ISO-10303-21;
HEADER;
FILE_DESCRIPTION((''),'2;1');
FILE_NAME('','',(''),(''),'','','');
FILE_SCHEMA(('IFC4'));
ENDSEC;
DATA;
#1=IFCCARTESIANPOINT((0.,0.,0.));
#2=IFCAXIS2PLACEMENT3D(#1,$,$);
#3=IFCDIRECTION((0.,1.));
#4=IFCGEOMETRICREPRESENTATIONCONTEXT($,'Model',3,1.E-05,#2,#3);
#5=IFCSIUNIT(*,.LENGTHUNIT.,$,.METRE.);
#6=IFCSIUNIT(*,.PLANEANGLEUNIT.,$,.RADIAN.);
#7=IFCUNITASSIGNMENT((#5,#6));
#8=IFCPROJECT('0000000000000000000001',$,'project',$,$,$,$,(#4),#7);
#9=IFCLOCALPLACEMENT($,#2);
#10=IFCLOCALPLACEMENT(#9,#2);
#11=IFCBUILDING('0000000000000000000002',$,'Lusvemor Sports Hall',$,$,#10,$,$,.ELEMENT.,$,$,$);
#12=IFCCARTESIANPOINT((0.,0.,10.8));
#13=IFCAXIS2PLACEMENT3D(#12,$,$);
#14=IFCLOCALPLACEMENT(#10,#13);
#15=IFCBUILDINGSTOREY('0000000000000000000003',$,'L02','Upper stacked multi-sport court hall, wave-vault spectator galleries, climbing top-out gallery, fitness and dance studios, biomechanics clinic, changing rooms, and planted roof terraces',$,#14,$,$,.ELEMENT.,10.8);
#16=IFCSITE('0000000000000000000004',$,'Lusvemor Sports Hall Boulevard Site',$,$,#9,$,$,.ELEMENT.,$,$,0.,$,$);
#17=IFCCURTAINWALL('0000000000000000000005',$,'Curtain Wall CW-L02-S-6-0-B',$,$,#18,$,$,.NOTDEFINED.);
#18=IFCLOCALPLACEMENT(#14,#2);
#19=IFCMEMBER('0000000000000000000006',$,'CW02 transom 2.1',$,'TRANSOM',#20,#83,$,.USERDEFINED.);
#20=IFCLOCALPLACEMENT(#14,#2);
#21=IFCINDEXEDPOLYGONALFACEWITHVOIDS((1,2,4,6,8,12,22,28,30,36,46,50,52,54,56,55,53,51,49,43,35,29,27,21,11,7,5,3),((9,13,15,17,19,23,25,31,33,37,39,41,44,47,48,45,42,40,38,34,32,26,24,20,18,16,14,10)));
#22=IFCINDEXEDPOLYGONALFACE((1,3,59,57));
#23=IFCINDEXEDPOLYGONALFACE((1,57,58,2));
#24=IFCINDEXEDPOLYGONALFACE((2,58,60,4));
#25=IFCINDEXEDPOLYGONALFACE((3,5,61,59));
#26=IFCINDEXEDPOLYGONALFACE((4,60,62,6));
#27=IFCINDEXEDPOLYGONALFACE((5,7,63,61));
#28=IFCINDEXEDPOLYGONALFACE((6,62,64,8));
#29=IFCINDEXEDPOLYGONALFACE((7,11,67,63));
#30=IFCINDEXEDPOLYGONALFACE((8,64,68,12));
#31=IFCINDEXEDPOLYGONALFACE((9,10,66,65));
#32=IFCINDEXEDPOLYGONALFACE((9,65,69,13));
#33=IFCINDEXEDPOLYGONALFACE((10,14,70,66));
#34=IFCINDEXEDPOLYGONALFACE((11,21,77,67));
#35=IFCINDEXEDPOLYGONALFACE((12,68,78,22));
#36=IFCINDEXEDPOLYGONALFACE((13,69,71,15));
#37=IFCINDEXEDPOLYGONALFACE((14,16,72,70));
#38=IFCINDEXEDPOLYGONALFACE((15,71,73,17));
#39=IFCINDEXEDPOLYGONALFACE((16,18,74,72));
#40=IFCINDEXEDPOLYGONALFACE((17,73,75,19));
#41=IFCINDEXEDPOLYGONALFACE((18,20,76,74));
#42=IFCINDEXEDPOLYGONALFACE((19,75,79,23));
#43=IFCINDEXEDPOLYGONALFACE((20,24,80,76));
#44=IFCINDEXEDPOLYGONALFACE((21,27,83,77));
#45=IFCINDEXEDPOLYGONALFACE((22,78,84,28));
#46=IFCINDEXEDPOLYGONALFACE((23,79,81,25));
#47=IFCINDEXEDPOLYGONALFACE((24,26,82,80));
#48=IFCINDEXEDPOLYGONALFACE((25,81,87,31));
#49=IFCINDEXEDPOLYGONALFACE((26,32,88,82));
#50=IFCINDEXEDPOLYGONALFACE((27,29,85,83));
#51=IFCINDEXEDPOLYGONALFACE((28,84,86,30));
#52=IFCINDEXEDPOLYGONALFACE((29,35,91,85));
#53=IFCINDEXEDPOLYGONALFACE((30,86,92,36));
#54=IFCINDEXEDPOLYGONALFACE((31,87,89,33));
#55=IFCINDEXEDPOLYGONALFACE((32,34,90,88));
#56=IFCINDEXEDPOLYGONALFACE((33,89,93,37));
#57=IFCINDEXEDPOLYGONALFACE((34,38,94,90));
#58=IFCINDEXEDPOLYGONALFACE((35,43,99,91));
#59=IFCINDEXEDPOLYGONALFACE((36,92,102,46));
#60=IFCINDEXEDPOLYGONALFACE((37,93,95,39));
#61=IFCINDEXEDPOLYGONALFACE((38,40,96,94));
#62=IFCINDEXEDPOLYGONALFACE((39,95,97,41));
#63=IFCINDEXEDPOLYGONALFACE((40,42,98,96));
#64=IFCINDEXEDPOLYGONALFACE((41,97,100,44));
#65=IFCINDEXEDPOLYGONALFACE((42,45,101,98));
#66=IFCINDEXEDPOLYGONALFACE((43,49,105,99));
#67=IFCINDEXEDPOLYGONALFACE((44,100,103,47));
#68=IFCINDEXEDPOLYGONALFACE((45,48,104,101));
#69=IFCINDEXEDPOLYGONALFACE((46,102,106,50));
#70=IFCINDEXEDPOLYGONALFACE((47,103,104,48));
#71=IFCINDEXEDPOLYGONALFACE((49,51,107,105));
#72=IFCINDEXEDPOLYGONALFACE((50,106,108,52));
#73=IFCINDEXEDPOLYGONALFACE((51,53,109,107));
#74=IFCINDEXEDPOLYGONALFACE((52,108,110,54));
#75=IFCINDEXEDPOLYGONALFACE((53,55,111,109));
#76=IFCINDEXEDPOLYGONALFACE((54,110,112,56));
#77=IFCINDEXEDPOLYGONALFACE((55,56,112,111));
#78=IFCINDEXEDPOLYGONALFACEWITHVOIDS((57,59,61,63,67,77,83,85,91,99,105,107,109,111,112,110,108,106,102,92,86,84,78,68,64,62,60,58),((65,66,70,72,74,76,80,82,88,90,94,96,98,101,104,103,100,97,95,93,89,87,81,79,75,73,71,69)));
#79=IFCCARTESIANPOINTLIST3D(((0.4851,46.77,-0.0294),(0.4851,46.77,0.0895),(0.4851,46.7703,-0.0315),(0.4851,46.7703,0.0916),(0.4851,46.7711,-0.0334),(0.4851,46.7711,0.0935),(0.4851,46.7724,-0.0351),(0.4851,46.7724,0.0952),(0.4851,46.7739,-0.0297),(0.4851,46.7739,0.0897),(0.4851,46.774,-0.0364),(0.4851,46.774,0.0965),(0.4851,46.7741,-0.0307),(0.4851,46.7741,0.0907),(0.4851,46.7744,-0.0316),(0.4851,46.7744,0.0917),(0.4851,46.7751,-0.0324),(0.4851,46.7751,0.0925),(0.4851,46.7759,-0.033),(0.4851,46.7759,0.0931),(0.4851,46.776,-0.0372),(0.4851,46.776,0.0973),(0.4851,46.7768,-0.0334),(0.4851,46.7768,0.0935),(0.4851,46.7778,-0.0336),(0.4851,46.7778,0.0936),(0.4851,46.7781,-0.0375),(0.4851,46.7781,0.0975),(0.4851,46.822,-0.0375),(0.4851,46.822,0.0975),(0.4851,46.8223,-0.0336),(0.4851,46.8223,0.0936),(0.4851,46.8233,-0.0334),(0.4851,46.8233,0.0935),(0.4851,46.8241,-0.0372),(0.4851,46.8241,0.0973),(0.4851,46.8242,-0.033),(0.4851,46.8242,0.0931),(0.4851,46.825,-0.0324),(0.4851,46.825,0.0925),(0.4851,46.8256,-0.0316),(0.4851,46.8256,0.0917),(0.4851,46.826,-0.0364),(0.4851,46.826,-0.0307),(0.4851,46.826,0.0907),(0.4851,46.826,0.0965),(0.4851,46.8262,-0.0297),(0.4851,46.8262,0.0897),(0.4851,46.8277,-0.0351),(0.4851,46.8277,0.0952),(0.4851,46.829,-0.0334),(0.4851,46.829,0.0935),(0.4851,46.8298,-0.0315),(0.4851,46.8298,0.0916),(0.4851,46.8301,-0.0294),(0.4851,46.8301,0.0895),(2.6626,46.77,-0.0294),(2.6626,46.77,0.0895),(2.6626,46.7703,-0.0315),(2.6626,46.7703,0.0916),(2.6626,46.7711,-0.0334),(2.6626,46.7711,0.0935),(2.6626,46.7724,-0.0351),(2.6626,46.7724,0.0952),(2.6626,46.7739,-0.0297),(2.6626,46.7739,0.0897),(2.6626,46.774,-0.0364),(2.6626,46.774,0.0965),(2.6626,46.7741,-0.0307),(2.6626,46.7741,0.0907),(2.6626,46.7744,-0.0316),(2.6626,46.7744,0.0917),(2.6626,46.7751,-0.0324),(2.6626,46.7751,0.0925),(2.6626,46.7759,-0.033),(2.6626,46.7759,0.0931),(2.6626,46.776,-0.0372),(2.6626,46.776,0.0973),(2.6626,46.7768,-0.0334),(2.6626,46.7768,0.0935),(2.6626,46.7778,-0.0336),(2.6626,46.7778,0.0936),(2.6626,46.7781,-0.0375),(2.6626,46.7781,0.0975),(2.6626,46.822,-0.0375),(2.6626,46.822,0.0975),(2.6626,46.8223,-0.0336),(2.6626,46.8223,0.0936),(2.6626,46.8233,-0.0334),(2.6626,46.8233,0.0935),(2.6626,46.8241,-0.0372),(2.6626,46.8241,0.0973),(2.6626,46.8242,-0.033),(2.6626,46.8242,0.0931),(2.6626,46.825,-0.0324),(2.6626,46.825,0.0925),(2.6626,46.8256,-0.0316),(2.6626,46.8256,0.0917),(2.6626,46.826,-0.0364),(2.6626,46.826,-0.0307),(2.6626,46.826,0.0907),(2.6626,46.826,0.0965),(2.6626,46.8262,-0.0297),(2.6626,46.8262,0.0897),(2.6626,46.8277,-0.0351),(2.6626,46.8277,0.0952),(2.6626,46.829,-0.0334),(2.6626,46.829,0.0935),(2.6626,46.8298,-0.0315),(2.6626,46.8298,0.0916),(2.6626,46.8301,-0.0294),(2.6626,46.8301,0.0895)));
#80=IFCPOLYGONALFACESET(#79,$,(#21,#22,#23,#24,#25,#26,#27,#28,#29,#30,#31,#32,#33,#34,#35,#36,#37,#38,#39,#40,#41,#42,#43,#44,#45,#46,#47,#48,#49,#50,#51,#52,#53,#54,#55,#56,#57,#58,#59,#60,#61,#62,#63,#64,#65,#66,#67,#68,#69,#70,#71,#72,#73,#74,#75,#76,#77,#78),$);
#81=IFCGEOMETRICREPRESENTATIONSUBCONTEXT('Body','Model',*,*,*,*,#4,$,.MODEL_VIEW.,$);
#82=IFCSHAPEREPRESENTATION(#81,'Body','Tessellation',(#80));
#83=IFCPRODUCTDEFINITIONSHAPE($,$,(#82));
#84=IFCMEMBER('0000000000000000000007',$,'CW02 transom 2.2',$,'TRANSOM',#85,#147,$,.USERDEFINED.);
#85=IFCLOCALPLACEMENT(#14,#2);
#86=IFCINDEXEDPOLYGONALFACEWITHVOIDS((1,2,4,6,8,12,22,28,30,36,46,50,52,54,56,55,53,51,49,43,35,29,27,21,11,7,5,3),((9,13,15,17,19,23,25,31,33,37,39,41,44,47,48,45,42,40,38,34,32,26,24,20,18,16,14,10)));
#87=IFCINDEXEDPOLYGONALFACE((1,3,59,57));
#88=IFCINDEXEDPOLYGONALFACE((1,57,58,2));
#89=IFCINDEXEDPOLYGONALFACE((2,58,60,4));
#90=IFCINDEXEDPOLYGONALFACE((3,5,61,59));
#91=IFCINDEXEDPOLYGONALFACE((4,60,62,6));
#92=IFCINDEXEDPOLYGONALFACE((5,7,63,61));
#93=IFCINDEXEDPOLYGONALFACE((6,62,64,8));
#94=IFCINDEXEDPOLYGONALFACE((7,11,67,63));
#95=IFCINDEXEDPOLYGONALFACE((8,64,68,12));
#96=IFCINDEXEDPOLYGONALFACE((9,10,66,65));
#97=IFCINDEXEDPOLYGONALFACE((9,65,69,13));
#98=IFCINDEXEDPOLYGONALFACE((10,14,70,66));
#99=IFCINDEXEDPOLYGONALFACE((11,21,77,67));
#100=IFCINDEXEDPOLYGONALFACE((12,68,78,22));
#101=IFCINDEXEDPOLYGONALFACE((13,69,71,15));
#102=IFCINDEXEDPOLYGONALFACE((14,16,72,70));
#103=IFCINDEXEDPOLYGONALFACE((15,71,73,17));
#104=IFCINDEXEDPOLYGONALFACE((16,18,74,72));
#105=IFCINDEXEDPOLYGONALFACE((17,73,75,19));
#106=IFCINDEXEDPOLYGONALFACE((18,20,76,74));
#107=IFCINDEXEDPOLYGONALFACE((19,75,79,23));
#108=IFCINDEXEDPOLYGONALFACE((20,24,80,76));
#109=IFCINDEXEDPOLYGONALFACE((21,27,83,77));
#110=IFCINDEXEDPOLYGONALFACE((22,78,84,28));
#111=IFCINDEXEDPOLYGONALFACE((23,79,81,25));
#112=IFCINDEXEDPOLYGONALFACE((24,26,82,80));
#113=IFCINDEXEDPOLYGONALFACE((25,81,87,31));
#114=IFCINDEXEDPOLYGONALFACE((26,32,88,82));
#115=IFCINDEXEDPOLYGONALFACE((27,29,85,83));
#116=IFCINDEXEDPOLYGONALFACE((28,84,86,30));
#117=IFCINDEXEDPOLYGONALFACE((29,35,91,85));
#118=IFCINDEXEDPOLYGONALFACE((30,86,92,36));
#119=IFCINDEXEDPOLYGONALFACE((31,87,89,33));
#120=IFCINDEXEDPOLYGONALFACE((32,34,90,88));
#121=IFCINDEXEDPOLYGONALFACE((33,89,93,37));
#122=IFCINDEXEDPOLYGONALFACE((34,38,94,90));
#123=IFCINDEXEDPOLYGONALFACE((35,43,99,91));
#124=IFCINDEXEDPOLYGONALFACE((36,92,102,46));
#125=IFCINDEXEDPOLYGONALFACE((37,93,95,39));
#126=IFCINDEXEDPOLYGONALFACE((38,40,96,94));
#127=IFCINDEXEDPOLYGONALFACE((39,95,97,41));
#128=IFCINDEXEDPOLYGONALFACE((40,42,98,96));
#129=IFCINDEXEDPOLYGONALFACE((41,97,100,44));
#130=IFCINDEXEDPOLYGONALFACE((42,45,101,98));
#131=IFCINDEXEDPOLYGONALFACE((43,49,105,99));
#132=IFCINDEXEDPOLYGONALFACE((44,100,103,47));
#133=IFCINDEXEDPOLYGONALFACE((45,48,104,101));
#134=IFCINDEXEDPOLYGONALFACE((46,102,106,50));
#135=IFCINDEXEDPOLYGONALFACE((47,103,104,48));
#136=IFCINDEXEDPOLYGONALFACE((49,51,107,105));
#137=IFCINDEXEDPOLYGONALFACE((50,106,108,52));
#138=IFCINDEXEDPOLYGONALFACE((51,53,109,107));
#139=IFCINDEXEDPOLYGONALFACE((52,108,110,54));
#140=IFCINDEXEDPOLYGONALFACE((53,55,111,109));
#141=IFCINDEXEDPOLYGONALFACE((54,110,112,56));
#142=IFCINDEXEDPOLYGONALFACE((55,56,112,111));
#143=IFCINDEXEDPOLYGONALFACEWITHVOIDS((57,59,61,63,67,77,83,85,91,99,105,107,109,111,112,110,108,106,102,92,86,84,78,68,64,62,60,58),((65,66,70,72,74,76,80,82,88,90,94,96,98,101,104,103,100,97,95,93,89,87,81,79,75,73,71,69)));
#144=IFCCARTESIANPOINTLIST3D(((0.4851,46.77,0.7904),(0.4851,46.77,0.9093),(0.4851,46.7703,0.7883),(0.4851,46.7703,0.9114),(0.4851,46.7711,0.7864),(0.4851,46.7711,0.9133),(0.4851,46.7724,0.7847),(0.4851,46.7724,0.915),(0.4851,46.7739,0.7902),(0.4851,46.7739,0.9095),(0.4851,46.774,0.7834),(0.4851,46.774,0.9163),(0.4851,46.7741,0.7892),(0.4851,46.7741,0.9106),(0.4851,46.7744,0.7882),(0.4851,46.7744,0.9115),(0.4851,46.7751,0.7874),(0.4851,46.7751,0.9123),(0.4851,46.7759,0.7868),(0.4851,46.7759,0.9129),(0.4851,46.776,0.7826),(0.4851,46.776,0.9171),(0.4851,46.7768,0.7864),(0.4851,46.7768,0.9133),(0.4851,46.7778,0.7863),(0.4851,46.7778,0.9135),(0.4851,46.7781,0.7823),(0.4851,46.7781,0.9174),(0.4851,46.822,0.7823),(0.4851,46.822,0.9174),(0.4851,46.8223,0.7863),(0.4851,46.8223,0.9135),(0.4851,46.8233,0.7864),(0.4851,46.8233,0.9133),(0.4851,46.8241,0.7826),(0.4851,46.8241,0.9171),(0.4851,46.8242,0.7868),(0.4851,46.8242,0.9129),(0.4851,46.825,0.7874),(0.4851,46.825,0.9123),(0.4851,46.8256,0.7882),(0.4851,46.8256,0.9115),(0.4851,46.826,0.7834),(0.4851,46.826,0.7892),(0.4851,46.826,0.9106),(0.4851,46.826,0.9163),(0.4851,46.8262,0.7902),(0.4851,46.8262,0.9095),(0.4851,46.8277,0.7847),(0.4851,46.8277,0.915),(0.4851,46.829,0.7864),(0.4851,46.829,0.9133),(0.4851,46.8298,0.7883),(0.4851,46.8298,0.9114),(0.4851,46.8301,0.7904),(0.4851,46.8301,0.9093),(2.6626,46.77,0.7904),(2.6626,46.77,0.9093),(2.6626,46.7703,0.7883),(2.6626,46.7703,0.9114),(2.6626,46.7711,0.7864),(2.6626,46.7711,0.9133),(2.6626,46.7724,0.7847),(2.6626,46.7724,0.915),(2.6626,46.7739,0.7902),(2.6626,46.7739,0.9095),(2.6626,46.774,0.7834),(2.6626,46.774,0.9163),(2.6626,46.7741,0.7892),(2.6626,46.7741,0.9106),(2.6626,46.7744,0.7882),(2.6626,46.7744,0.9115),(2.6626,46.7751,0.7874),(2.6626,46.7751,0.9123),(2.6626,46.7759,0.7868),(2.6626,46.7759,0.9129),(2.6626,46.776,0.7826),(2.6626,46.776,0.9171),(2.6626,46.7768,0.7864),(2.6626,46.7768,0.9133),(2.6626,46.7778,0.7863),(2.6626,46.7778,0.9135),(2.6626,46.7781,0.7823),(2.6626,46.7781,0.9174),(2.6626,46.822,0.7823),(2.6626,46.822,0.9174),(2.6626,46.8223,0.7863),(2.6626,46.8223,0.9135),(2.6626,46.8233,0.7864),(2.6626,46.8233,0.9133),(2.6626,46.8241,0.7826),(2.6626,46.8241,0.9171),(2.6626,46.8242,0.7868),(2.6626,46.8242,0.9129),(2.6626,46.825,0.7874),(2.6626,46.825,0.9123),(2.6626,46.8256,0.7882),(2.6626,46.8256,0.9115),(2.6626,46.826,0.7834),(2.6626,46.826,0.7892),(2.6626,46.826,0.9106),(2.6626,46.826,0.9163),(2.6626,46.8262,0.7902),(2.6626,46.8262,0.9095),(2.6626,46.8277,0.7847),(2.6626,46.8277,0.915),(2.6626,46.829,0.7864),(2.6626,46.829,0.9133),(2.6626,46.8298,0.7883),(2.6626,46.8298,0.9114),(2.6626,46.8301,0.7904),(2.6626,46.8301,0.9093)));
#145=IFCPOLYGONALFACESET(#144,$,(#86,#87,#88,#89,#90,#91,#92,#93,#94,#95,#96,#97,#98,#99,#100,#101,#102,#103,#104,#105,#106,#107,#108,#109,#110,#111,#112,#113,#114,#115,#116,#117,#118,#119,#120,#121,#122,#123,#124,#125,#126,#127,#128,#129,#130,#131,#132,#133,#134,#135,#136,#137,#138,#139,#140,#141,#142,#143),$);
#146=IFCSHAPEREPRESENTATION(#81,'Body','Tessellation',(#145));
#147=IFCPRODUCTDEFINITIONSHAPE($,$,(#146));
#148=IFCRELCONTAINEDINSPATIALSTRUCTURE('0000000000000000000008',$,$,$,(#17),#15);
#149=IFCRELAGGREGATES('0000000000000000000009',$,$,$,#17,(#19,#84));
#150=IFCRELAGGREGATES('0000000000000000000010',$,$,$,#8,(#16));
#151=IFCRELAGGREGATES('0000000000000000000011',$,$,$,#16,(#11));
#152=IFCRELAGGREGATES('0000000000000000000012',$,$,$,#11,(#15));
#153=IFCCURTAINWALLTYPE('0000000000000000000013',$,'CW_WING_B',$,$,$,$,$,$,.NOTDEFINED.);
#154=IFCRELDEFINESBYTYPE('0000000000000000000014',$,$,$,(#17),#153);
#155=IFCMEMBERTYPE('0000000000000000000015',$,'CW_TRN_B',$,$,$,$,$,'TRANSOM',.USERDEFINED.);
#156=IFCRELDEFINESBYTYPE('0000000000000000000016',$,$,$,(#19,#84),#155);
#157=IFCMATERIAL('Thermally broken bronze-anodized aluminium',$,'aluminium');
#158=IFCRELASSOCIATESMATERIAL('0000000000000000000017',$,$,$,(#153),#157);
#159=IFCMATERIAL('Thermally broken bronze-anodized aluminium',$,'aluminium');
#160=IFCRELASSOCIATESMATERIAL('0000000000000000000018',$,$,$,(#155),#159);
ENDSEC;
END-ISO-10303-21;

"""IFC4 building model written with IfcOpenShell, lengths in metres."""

from ifc_helpers import new_model, si_unit, direction, frame, origin, origin_2d, place, context, subcontext, project, spatial, hollow_rectangle, extrude, material, material_profile, profile_set, type_object, element, aggregate, save


model = new_model("IFC4")

# Units and contexts
model_context = context("Model", 3, precision=1e-05, world=origin(), true_north=direction((0.0, 1.0)))
body_context = subcontext(model_context, "Body", "Model", "MODEL_VIEW")
ifc_project = project(units=[si_unit("LENGTHUNIT", "METRE"), si_unit("PLANEANGLEUNIT", "RADIAN")], contexts=[model_context])

# Site, building, storey
site_placement = place(None, origin())
site = spatial("IfcSite", under=ifc_project, at=site_placement, Name="Lusvemor Sports Hall Boulevard Site", CompositionType="ELEMENT", RefElevation=0.0)
building_placement = place(site_placement, origin())
building = spatial("IfcBuilding", under=site, at=building_placement, Name="Lusvemor Sports Hall", CompositionType="ELEMENT")
storey_placement = place(building_placement, frame((0.0, 0.0, 10.8)))
storey = spatial("IfcBuildingStorey", under=building, at=storey_placement, Name="L02", Description="Upper stacked multi-sport court hall, wave-vault spectator galleries, climbing top-out gallery, fitness and dance studios, biomechanics clinic, changing rooms, and planted roof terraces", CompositionType="ELEMENT", Elevation=10.8)

# Curtain wall, members
ifc_material_1 = material(Name="Thermally broken bronze-anodized aluminium", Category="aluminium")
curtain_wall_type = type_object("IfcCurtainWallType", Name="CW_WING_B", PredefinedType="NOTDEFINED", material=ifc_material_1)
curtain_wall_placement = place(storey_placement, origin())
curtain_wall = element("IfcCurtainWall", 1, at=curtain_wall_placement, inside=storey, type_object=curtain_wall_type, Name="Curtain Wall CW-L02-S-6-0-B", PredefinedType="NOTDEFINED")
ifc_material_2 = material(Name="Thermally broken bronze-anodized aluminium", Category="aluminium")
ifc_material_profile_1 = material_profile(ifc_material_2, hollow_rectangle(XDim=0.0601, YDim=0.135, WallThickness=0.0039, InnerFilletRadius=0.0039, OuterFilletRadius=0.0081, at=origin_2d()), Name="CWTRN135x60x4")
ifc_profile_set_1 = profile_set([ifc_material_profile_1], Name="Thermally broken bronze-anodized aluminium")
member_type_1 = type_object("IfcMemberType", Name="CW_TRN_B", ElementType="TRANSOM", PredefinedType="USERDEFINED", material=ifc_profile_set_1)
member_1_placement = place(storey_placement, frame((2.6626, 46.8, 0.03), z_axis=(-1.0, 0.0, 0.0), x_axis=(0.0, -1.0, 0.0)))
member_1 = element("IfcMember", 2, at=member_1_placement, type_object=member_type_1, Name="CW02 transom 2.1", ObjectType="TRANSOM", PredefinedType="USERDEFINED", context=body_context, shape_type="SweptSolid", body=[
    extrude(hollow_rectangle(XDim=0.0601, YDim=0.135, WallThickness=0.0039, InnerFilletRadius=0.0039, OuterFilletRadius=0.0081, at=origin_2d()), origin(), (0.0, 0.0, 1.0), 2.1775),
])
member_2_placement = place(storey_placement, frame((2.6626, 46.8, 0.8499), z_axis=(-1.0, 0.0, 0.0), x_axis=(0.0, -1.0, 0.0)))
member_2 = element("IfcMember", 3, at=member_2_placement, type_object=member_type_1, Name="CW02 transom 2.2", ObjectType="TRANSOM", PredefinedType="USERDEFINED", context=body_context, shape_type="SweptSolid", body=[
    extrude(hollow_rectangle(XDim=0.0601, YDim=0.135, WallThickness=0.0039, InnerFilletRadius=0.0039, OuterFilletRadius=0.0081, at=origin_2d()), origin(), (0.0, 0.0, 1.0), 2.1775),
])

aggregate(curtain_wall, [member_1, member_2])

save(model, "model.ifc")
